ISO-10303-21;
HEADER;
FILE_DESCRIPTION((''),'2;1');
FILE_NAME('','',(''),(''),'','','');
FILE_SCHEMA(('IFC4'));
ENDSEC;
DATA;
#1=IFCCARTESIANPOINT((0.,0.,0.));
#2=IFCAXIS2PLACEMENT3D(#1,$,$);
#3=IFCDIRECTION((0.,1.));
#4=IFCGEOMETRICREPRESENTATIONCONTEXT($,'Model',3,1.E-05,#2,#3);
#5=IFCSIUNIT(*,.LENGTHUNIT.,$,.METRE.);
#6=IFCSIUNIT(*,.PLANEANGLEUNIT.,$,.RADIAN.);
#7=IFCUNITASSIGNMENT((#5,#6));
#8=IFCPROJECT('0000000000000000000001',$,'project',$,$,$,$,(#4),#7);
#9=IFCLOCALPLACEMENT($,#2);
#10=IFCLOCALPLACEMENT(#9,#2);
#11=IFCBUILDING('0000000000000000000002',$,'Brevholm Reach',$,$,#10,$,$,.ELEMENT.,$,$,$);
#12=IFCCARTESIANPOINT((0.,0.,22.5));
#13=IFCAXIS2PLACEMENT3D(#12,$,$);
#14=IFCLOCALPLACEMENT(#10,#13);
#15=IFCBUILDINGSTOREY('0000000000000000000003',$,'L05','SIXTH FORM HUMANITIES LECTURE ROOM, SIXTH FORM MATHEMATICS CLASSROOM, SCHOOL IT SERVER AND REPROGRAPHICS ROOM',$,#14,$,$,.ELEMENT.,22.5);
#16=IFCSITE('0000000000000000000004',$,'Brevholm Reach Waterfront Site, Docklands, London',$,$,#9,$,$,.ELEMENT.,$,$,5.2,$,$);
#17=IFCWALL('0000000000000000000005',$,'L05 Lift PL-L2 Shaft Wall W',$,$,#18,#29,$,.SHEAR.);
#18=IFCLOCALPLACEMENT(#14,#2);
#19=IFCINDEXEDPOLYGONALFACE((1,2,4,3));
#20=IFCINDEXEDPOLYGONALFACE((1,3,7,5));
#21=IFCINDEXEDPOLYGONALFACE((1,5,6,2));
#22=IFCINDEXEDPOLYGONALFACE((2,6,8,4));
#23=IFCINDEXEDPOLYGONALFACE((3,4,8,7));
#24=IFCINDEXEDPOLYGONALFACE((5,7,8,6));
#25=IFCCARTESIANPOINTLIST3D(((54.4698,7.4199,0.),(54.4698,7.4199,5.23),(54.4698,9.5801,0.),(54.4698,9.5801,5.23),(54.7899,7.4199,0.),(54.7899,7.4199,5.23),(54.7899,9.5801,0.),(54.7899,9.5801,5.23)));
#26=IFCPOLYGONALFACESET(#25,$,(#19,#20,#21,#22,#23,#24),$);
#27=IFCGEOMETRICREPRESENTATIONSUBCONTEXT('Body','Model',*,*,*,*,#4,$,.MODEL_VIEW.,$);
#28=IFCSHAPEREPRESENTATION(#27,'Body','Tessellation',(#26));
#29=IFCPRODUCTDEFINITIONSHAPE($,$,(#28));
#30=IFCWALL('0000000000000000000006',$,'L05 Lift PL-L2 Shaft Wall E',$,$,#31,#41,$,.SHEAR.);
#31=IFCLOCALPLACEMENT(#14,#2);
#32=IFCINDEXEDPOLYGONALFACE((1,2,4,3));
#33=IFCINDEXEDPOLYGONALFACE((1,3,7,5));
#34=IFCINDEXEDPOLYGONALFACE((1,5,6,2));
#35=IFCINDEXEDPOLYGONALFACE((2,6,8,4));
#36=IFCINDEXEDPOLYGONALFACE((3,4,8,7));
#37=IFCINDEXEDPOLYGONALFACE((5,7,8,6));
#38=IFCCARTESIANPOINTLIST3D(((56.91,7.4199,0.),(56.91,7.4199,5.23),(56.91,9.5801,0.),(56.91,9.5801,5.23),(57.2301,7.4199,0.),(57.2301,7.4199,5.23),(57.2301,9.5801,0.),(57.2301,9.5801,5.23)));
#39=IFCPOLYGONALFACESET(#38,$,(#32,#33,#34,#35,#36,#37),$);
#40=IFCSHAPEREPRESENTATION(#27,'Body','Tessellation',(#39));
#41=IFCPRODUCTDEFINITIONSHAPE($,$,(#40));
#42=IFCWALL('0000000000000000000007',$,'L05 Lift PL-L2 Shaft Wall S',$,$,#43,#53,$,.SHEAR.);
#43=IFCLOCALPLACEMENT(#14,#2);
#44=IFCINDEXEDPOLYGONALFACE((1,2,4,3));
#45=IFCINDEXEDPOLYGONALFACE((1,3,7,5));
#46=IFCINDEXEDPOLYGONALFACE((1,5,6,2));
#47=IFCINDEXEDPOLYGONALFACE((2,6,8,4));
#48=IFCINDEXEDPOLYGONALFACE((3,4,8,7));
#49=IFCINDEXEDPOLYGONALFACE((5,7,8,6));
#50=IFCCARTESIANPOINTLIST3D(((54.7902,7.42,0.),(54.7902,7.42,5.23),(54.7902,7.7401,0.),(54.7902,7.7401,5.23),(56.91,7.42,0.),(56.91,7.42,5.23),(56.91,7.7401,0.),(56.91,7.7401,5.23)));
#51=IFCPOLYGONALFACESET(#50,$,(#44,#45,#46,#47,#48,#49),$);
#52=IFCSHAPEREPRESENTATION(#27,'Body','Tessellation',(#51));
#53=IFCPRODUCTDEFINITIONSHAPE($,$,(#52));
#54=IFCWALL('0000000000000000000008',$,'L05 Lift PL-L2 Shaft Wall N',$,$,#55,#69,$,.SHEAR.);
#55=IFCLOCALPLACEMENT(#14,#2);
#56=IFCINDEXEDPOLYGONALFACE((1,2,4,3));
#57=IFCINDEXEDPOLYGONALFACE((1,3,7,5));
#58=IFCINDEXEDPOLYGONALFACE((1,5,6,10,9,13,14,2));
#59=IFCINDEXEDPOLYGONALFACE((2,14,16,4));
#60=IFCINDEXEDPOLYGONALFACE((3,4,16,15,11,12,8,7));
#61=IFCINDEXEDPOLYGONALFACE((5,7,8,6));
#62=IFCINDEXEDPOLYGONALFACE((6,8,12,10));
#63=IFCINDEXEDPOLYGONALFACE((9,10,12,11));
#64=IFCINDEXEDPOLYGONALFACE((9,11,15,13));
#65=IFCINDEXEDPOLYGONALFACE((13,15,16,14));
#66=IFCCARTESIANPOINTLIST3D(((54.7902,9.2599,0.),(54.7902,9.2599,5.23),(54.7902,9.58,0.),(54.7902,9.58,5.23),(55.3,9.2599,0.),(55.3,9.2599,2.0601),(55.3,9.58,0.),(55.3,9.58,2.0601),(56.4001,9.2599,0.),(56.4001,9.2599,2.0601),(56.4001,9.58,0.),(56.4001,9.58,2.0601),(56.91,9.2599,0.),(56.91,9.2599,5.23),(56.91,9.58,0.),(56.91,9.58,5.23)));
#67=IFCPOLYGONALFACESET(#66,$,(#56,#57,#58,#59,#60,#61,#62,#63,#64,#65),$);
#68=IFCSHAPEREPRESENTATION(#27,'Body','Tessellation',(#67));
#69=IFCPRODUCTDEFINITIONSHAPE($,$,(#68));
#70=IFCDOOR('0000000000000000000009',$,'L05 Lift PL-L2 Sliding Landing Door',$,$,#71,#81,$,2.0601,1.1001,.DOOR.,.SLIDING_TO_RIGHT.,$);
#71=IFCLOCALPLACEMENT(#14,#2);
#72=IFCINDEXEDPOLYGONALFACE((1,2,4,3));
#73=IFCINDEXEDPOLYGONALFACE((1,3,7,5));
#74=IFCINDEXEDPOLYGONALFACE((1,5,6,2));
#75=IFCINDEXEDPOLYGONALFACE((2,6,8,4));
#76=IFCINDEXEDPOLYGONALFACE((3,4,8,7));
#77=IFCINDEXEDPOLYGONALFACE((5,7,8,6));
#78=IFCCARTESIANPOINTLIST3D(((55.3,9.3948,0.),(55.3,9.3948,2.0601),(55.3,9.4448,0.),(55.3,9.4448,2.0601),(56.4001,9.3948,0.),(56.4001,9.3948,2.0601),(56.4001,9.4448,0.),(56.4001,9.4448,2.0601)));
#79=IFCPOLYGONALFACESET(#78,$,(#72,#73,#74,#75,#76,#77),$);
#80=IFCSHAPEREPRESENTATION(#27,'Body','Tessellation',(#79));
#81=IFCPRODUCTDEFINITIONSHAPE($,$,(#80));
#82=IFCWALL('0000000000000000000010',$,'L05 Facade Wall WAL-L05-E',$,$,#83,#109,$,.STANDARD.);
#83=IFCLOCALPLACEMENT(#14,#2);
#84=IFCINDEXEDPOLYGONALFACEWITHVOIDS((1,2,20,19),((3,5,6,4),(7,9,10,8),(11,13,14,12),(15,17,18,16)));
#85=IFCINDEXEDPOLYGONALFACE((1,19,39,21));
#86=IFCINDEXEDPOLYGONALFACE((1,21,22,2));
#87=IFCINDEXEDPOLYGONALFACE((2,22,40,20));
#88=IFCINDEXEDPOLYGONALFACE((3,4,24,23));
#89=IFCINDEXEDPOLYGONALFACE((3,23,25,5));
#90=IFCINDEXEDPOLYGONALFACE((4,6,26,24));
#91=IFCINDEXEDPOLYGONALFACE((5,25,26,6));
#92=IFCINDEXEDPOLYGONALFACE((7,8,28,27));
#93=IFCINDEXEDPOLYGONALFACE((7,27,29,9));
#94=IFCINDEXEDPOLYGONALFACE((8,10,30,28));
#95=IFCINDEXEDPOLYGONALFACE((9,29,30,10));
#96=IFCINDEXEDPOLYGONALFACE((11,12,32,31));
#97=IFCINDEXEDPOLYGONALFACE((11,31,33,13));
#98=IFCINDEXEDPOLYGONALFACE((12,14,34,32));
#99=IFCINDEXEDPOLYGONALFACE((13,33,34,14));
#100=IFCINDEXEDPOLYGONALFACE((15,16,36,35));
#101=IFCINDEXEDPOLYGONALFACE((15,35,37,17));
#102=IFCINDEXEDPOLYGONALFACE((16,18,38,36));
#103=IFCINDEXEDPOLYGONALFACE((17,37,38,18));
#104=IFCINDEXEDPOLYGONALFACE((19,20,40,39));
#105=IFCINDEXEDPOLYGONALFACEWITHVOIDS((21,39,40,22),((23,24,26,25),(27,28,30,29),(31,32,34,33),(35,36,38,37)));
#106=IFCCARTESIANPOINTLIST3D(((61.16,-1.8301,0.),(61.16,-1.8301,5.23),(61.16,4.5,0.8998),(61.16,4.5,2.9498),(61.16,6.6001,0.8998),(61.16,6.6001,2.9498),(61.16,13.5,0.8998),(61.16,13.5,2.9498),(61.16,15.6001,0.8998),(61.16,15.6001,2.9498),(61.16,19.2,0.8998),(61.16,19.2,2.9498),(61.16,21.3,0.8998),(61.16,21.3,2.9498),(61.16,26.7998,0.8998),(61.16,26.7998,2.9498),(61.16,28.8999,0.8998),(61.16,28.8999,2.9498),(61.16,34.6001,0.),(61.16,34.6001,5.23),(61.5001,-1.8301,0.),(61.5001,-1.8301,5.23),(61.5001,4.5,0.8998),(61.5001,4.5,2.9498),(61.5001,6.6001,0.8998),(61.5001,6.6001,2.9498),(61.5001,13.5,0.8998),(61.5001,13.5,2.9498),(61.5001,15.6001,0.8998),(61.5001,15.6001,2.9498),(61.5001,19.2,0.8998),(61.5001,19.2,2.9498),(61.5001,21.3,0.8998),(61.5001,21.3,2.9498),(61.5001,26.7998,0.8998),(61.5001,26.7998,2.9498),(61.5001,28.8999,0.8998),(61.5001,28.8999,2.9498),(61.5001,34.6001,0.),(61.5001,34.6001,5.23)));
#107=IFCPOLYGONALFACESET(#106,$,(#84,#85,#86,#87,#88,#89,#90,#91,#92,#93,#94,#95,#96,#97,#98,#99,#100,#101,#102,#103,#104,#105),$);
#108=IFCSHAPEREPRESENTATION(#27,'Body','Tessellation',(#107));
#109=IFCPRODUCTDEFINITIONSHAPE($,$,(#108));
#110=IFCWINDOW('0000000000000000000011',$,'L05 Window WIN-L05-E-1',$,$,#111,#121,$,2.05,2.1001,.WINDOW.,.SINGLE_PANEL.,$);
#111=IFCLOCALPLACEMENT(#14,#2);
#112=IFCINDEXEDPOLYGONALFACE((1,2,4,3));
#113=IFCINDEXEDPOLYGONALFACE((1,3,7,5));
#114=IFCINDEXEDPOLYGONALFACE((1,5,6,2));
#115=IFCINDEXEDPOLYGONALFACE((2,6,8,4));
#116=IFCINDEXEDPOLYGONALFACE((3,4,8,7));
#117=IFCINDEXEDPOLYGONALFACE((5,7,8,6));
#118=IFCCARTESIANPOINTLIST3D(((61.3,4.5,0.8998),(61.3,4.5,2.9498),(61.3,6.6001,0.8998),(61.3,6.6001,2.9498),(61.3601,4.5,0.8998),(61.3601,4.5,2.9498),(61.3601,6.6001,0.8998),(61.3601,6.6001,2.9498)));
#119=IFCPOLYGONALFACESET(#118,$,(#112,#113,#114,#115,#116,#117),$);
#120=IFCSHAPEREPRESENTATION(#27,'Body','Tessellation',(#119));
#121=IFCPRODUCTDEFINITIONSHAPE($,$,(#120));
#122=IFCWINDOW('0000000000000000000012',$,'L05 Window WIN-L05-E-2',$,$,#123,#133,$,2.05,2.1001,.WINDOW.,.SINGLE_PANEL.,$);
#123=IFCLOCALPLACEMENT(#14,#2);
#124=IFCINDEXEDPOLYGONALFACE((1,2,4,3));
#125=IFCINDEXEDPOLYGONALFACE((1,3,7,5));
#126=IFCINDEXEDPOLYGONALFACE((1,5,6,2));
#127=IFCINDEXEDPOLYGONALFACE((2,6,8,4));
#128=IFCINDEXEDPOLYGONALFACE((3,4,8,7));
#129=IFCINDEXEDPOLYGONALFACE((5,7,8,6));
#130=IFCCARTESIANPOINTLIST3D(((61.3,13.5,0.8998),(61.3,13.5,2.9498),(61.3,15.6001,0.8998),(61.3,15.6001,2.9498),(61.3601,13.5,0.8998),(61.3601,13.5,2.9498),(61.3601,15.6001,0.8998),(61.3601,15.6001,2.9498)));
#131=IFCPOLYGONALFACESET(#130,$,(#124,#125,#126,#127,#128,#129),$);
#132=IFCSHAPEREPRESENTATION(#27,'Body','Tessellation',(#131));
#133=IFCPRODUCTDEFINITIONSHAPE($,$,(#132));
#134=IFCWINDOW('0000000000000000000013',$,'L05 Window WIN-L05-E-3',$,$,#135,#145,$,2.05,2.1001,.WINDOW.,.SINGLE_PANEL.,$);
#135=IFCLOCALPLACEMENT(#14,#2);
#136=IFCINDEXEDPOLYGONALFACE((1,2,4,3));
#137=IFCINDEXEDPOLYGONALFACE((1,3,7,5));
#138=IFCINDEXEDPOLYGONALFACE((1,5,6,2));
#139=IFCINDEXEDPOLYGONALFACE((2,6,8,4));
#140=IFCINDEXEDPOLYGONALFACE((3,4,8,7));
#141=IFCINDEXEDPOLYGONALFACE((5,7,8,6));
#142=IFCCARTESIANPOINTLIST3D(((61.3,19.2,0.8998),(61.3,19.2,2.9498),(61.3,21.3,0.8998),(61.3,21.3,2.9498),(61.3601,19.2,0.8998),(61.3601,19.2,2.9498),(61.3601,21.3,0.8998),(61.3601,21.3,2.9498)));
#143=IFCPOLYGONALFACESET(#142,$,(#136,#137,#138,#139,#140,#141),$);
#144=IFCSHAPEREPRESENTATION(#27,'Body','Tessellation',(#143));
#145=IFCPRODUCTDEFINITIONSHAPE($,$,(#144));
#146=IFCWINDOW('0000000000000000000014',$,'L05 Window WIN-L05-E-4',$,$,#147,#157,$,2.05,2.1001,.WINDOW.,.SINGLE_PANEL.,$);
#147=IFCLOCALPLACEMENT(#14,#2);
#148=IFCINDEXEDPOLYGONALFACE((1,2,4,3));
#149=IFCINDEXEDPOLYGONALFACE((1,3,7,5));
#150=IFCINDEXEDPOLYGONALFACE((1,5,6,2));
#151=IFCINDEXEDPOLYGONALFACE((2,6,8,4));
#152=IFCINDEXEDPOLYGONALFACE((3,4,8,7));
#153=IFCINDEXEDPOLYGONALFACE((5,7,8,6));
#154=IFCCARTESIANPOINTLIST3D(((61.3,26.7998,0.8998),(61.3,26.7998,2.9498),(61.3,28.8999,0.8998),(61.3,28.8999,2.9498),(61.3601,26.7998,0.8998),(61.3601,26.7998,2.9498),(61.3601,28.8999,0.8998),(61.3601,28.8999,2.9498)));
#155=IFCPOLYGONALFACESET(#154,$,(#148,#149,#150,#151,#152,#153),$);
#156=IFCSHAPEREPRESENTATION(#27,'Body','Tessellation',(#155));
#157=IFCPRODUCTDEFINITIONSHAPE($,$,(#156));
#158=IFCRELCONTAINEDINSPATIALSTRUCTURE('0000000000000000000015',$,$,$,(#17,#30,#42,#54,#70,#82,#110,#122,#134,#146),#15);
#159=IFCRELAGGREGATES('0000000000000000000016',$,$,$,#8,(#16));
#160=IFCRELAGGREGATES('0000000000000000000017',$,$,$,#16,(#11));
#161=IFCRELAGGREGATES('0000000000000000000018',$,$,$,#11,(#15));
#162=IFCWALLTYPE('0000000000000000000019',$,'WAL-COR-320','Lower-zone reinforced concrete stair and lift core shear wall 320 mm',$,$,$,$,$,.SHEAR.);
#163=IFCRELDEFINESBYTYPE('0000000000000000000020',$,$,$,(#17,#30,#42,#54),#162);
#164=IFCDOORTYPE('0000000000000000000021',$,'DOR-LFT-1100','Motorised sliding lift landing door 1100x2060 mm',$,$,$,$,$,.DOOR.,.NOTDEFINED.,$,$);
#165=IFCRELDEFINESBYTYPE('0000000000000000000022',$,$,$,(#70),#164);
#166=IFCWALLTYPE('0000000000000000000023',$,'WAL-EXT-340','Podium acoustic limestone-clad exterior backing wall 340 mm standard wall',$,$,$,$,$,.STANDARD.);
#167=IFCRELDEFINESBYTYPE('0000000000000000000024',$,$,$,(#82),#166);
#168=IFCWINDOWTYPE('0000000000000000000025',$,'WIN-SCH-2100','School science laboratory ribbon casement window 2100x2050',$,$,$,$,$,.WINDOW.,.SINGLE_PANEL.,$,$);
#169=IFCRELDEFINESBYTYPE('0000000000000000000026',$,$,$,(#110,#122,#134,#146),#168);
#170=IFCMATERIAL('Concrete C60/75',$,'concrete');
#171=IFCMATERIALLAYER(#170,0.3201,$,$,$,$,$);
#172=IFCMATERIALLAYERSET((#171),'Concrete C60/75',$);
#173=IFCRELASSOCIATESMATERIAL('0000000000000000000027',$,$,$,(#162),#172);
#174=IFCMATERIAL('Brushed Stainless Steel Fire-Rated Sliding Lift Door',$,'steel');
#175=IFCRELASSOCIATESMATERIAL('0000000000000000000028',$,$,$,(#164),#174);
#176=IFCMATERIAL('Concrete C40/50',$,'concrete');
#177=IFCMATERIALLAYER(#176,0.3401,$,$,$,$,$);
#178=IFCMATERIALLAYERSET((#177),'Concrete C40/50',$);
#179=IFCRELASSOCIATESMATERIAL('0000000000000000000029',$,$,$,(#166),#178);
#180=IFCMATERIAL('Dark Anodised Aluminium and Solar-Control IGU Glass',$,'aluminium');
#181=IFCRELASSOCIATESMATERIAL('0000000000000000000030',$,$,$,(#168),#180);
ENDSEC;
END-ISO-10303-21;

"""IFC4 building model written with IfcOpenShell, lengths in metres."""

from ifc_helpers import new_model, si_unit, direction, frame, frame_2d, origin, place, context, subcontext, project, spatial, rectangle, extrude, material, layer, layer_set, type_object, element, fill, save


model = new_model("IFC4")

# Units and contexts
model_context = context("Model", 3, precision=1e-05, world=origin(), true_north=direction((0.0, 1.0)))
body_context = subcontext(model_context, "Body", "Model", "MODEL_VIEW")
ifc_project = project(units=[si_unit("LENGTHUNIT", "METRE"), si_unit("PLANEANGLEUNIT", "RADIAN")], contexts=[model_context])

# Site, building, storey
site_placement = place(None, origin())
site = spatial("IfcSite", under=ifc_project, at=site_placement, Name="Brevholm Reach Waterfront Site, Docklands, London", CompositionType="ELEMENT", RefElevation=5.2)
building_placement = place(site_placement, origin())
building = spatial("IfcBuilding", under=site, at=building_placement, Name="Brevholm Reach", CompositionType="ELEMENT")
storey_placement = place(building_placement, frame((0.0, 0.0, 22.5)))
storey = spatial("IfcBuildingStorey", under=building, at=storey_placement, Name="L05", Description="SIXTH FORM HUMANITIES LECTURE ROOM, SIXTH FORM MATHEMATICS CLASSROOM, SCHOOL IT SERVER AND REPROGRAPHICS ROOM", CompositionType="ELEMENT", Elevation=22.5)

# Walls
ifc_material_1 = material(Name="Concrete C60/75", Category="concrete")
ifc_layer_1 = layer(ifc_material_1, 0.3201)
ifc_layer_set_1 = layer_set([ifc_layer_1], Name="Concrete C60/75")
wall_type_1 = type_object("IfcWallType", Name="WAL-COR-320", Description="Lower-zone reinforced concrete stair and lift core shear wall 320 mm", PredefinedType="SHEAR", material=ifc_layer_set_1)
for number, where, z_axis, x_axis, name in (
    (1, (54.6299, 7.4199, 0.0), (0.0, 0.0, 1.0), (0.0, 1.0, 0.0), "L05 Lift PL-L2 Shaft Wall W"),
    (2, (57.0701, 7.4199, 0.0), (0.0, 0.0, 1.0), (0.0, 1.0, 0.0), "L05 Lift PL-L2 Shaft Wall E"),
):
    element("IfcWall", number, at=place(storey_placement, frame(where, z_axis=z_axis, x_axis=x_axis)), inside=storey, type_object=wall_type_1, Name=name, PredefinedType="SHEAR", context=body_context, shape_type="SweptSolid", body=[
        extrude(rectangle(XDim=2.1602, YDim=0.3201, at=frame_2d((1.0801, 0.0))), origin(), (0.0, 0.0, 1.0), 5.23),
    ])
wall_1_placement = place(storey_placement, frame((54.79, 7.5801, 0.0), z_axis=(0.0, 0.0, 1.0), x_axis=(1.0, 0.0, 0.0)))
element("IfcWall", 3, at=wall_1_placement, inside=storey, type_object=wall_type_1, Name="L05 Lift PL-L2 Shaft Wall S", PredefinedType="SHEAR", context=body_context, shape_type="SweptSolid", body=[
    extrude(rectangle(XDim=2.1199, YDim=0.3201, at=frame_2d((1.0601, 0.0))), origin(), (0.0, 0.0, 1.0), 5.23),
])

# Wall, opening, door
wall_2_placement = place(storey_placement, frame((54.79, 9.4199, 0.0), z_axis=(0.0, 0.0, 1.0), x_axis=(1.0, 0.0, 0.0)))
wall_2 = element("IfcWall", 4, at=wall_2_placement, inside=storey, type_object=wall_type_1, Name="L05 Lift PL-L2 Shaft Wall N", PredefinedType="SHEAR", context=body_context, shape_type="SweptSolid", body=[
    extrude(rectangle(XDim=2.1199, YDim=0.3201, at=frame_2d((1.0601, 0.0))), origin(), (0.0, 0.0, 1.0), 5.23),
])
opening_1_placement = place(wall_2_placement, frame((0.51, 0.0, 0.0)))
opening_1 = element("IfcOpeningElement", 5, at=opening_1_placement, cuts=wall_2, PredefinedType="OPENING", context=body_context, shape_type="SweptSolid", body=[
    extrude(rectangle(XDim=1.1001, YDim=2.0601, at=frame_2d((0.55, 1.03))), frame((0.0, 0.1699, 0.0), z_axis=(0.0, -1.0, 0.0), x_axis=(1.0, 0.0, 0.0)), (0.0, 0.0, 1.0), 0.3401),
])
ifc_material_2 = material(Name="Brushed Stainless Steel Fire-Rated Sliding Lift Door", Category="steel")
door_type_1 = type_object("IfcDoorType", Name="DOR-LFT-1100", Description="Motorised sliding lift landing door 1100x2060 mm", OperationType="NOTDEFINED", PredefinedType="DOOR", material=ifc_material_2)
door_1_placement = place(opening_1_placement, origin())
door_1 = element("IfcDoor", 6, at=door_1_placement, inside=storey, type_object=door_type_1, Name="L05 Lift PL-L2 Sliding Landing Door", OperationType="SLIDING_TO_RIGHT", OverallHeight=2.0601, OverallWidth=1.1001, PredefinedType="DOOR", context=body_context, shape_type="SweptSolid", body=[
    extrude(rectangle(XDim=1.1001, YDim=2.0601, at=frame_2d((0.55, 1.03))), frame((0.0, 0.0249, 0.0), z_axis=(0.0, -1.0, 0.0), x_axis=(1.0, 0.0, 0.0)), (0.0, 0.0, 1.0), 0.05),
])
fill(opening_1, door_1)

# Wall, openings, windows
ifc_material_3 = material(Name="Concrete C40/50", Category="concrete")
ifc_layer_2 = layer(ifc_material_3, 0.3401)
ifc_layer_set_2 = layer_set([ifc_layer_2], Name="Concrete C40/50")
wall_type_2 = type_object("IfcWallType", Name="WAL-EXT-340", Description="Podium acoustic limestone-clad exterior backing wall 340 mm standard wall", PredefinedType="STANDARD", material=ifc_layer_set_2)
wall_3_placement = place(storey_placement, frame((61.3301, -1.8301, 0.0), z_axis=(0.0, 0.0, 1.0), x_axis=(0.0, 1.0, 0.0)))
wall_3 = element("IfcWall", 7, at=wall_3_placement, inside=storey, type_object=wall_type_2, Name="L05 Facade Wall WAL-L05-E", PredefinedType="STANDARD", context=body_context, shape_type="SweptSolid", body=[
    extrude(rectangle(XDim=36.4302, YDim=0.3401, at=frame_2d((18.2151, 0.0))), origin(), (0.0, 0.0, 1.0), 5.23),
])
opening_2_placement = place(wall_3_placement, frame((6.3301, 0.0, 0.8999)))
opening_2 = element("IfcOpeningElement", 8, at=opening_2_placement, cuts=wall_3, PredefinedType="OPENING", context=body_context, shape_type="SweptSolid", body=[
    extrude(rectangle(XDim=2.1001, YDim=2.05, at=frame_2d((1.05, 1.0249))), frame((0.0, 0.1799, 0.0), z_axis=(0.0, -1.0, 0.0), x_axis=(1.0, 0.0, 0.0)), (0.0, 0.0, 1.0), 0.3601),
])
opening_3_placement = place(wall_3_placement, frame((15.3301, 0.0, 0.8999)))
opening_3 = element("IfcOpeningElement", 9, at=opening_3_placement, cuts=wall_3, PredefinedType="OPENING", context=body_context, shape_type="SweptSolid", body=[
    extrude(rectangle(XDim=2.1001, YDim=2.05, at=frame_2d((1.05, 1.0249))), frame((0.0, 0.1799, 0.0), z_axis=(0.0, -1.0, 0.0), x_axis=(1.0, 0.0, 0.0)), (0.0, 0.0, 1.0), 0.3601),
])
opening_4_placement = place(wall_3_placement, frame((21.03, 0.0, 0.8999)))
opening_4 = element("IfcOpeningElement", 10, at=opening_4_placement, cuts=wall_3, PredefinedType="OPENING", context=body_context, shape_type="SweptSolid", body=[
    extrude(rectangle(XDim=2.1001, YDim=2.05, at=frame_2d((1.05, 1.0249))), frame((0.0, 0.1799, 0.0), z_axis=(0.0, -1.0, 0.0), x_axis=(1.0, 0.0, 0.0)), (0.0, 0.0, 1.0), 0.3601),
])
opening_5_placement = place(wall_3_placement, frame((28.6299, 0.0, 0.8999)))
opening_5 = element("IfcOpeningElement", 11, at=opening_5_placement, cuts=wall_3, PredefinedType="OPENING", context=body_context, shape_type="SweptSolid", body=[
    extrude(rectangle(XDim=2.1001, YDim=2.05, at=frame_2d((1.05, 1.0249))), frame((0.0, 0.1799, 0.0), z_axis=(0.0, -1.0, 0.0), x_axis=(1.0, 0.0, 0.0)), (0.0, 0.0, 1.0), 0.3601),
])
ifc_material_4 = material(Name="Dark Anodised Aluminium and Solar-Control IGU Glass", Category="aluminium")
window_type = type_object("IfcWindowType", Name="WIN-SCH-2100", Description="School science laboratory ribbon casement window 2100x2050", PartitioningType="SINGLE_PANEL", PredefinedType="WINDOW", material=ifc_material_4)
window_1_placement = place(opening_2_placement, origin())
window_1 = element("IfcWindow", 12, at=window_1_placement, inside=storey, type_object=window_type, Name="L05 Window WIN-L05-E-1", OverallHeight=2.05, OverallWidth=2.1001, PartitioningType="SINGLE_PANEL", PredefinedType="WINDOW", context=body_context, shape_type="SweptSolid", body=[
    extrude(rectangle(XDim=2.1001, YDim=2.05, at=frame_2d((1.05, 1.0249))), frame((0.0, 0.03, 0.0), z_axis=(0.0, -1.0, 0.0), x_axis=(1.0, 0.0, 0.0)), (0.0, 0.0, 1.0), 0.0601),
])
fill(opening_2, window_1)
window_2_placement = place(opening_3_placement, origin())
window_2 = element("IfcWindow", 13, at=window_2_placement, inside=storey, type_object=window_type, Name="L05 Window WIN-L05-E-2", OverallHeight=2.05, OverallWidth=2.1001, PartitioningType="SINGLE_PANEL", PredefinedType="WINDOW", context=body_context, shape_type="SweptSolid", body=[
    extrude(rectangle(XDim=2.1001, YDim=2.05, at=frame_2d((1.05, 1.0249))), frame((0.0, 0.03, 0.0), z_axis=(0.0, -1.0, 0.0), x_axis=(1.0, 0.0, 0.0)), (0.0, 0.0, 1.0), 0.0601),
])
fill(opening_3, window_2)
window_3_placement = place(opening_4_placement, origin())
window_3 = element("IfcWindow", 14, at=window_3_placement, inside=storey, type_object=window_type, Name="L05 Window WIN-L05-E-3", OverallHeight=2.05, OverallWidth=2.1001, PartitioningType="SINGLE_PANEL", PredefinedType="WINDOW", context=body_context, shape_type="SweptSolid", body=[
    extrude(rectangle(XDim=2.1001, YDim=2.05, at=frame_2d((1.05, 1.0249))), frame((0.0, 0.03, 0.0), z_axis=(0.0, -1.0, 0.0), x_axis=(1.0, 0.0, 0.0)), (0.0, 0.0, 1.0), 0.0601),
])
fill(opening_4, window_3)
window_4_placement = place(opening_5_placement, origin())
window_4 = element("IfcWindow", 15, at=window_4_placement, inside=storey, type_object=window_type, Name="L05 Window WIN-L05-E-4", OverallHeight=2.05, OverallWidth=2.1001, PartitioningType="SINGLE_PANEL", PredefinedType="WINDOW", context=body_context, shape_type="SweptSolid", body=[
    extrude(rectangle(XDim=2.1001, YDim=2.05, at=frame_2d((1.05, 1.0249))), frame((0.0, 0.03, 0.0), z_axis=(0.0, -1.0, 0.0), x_axis=(1.0, 0.0, 0.0)), (0.0, 0.0, 1.0), 0.0601),
])
fill(opening_5, window_4)

save(model, "model.ifc")
